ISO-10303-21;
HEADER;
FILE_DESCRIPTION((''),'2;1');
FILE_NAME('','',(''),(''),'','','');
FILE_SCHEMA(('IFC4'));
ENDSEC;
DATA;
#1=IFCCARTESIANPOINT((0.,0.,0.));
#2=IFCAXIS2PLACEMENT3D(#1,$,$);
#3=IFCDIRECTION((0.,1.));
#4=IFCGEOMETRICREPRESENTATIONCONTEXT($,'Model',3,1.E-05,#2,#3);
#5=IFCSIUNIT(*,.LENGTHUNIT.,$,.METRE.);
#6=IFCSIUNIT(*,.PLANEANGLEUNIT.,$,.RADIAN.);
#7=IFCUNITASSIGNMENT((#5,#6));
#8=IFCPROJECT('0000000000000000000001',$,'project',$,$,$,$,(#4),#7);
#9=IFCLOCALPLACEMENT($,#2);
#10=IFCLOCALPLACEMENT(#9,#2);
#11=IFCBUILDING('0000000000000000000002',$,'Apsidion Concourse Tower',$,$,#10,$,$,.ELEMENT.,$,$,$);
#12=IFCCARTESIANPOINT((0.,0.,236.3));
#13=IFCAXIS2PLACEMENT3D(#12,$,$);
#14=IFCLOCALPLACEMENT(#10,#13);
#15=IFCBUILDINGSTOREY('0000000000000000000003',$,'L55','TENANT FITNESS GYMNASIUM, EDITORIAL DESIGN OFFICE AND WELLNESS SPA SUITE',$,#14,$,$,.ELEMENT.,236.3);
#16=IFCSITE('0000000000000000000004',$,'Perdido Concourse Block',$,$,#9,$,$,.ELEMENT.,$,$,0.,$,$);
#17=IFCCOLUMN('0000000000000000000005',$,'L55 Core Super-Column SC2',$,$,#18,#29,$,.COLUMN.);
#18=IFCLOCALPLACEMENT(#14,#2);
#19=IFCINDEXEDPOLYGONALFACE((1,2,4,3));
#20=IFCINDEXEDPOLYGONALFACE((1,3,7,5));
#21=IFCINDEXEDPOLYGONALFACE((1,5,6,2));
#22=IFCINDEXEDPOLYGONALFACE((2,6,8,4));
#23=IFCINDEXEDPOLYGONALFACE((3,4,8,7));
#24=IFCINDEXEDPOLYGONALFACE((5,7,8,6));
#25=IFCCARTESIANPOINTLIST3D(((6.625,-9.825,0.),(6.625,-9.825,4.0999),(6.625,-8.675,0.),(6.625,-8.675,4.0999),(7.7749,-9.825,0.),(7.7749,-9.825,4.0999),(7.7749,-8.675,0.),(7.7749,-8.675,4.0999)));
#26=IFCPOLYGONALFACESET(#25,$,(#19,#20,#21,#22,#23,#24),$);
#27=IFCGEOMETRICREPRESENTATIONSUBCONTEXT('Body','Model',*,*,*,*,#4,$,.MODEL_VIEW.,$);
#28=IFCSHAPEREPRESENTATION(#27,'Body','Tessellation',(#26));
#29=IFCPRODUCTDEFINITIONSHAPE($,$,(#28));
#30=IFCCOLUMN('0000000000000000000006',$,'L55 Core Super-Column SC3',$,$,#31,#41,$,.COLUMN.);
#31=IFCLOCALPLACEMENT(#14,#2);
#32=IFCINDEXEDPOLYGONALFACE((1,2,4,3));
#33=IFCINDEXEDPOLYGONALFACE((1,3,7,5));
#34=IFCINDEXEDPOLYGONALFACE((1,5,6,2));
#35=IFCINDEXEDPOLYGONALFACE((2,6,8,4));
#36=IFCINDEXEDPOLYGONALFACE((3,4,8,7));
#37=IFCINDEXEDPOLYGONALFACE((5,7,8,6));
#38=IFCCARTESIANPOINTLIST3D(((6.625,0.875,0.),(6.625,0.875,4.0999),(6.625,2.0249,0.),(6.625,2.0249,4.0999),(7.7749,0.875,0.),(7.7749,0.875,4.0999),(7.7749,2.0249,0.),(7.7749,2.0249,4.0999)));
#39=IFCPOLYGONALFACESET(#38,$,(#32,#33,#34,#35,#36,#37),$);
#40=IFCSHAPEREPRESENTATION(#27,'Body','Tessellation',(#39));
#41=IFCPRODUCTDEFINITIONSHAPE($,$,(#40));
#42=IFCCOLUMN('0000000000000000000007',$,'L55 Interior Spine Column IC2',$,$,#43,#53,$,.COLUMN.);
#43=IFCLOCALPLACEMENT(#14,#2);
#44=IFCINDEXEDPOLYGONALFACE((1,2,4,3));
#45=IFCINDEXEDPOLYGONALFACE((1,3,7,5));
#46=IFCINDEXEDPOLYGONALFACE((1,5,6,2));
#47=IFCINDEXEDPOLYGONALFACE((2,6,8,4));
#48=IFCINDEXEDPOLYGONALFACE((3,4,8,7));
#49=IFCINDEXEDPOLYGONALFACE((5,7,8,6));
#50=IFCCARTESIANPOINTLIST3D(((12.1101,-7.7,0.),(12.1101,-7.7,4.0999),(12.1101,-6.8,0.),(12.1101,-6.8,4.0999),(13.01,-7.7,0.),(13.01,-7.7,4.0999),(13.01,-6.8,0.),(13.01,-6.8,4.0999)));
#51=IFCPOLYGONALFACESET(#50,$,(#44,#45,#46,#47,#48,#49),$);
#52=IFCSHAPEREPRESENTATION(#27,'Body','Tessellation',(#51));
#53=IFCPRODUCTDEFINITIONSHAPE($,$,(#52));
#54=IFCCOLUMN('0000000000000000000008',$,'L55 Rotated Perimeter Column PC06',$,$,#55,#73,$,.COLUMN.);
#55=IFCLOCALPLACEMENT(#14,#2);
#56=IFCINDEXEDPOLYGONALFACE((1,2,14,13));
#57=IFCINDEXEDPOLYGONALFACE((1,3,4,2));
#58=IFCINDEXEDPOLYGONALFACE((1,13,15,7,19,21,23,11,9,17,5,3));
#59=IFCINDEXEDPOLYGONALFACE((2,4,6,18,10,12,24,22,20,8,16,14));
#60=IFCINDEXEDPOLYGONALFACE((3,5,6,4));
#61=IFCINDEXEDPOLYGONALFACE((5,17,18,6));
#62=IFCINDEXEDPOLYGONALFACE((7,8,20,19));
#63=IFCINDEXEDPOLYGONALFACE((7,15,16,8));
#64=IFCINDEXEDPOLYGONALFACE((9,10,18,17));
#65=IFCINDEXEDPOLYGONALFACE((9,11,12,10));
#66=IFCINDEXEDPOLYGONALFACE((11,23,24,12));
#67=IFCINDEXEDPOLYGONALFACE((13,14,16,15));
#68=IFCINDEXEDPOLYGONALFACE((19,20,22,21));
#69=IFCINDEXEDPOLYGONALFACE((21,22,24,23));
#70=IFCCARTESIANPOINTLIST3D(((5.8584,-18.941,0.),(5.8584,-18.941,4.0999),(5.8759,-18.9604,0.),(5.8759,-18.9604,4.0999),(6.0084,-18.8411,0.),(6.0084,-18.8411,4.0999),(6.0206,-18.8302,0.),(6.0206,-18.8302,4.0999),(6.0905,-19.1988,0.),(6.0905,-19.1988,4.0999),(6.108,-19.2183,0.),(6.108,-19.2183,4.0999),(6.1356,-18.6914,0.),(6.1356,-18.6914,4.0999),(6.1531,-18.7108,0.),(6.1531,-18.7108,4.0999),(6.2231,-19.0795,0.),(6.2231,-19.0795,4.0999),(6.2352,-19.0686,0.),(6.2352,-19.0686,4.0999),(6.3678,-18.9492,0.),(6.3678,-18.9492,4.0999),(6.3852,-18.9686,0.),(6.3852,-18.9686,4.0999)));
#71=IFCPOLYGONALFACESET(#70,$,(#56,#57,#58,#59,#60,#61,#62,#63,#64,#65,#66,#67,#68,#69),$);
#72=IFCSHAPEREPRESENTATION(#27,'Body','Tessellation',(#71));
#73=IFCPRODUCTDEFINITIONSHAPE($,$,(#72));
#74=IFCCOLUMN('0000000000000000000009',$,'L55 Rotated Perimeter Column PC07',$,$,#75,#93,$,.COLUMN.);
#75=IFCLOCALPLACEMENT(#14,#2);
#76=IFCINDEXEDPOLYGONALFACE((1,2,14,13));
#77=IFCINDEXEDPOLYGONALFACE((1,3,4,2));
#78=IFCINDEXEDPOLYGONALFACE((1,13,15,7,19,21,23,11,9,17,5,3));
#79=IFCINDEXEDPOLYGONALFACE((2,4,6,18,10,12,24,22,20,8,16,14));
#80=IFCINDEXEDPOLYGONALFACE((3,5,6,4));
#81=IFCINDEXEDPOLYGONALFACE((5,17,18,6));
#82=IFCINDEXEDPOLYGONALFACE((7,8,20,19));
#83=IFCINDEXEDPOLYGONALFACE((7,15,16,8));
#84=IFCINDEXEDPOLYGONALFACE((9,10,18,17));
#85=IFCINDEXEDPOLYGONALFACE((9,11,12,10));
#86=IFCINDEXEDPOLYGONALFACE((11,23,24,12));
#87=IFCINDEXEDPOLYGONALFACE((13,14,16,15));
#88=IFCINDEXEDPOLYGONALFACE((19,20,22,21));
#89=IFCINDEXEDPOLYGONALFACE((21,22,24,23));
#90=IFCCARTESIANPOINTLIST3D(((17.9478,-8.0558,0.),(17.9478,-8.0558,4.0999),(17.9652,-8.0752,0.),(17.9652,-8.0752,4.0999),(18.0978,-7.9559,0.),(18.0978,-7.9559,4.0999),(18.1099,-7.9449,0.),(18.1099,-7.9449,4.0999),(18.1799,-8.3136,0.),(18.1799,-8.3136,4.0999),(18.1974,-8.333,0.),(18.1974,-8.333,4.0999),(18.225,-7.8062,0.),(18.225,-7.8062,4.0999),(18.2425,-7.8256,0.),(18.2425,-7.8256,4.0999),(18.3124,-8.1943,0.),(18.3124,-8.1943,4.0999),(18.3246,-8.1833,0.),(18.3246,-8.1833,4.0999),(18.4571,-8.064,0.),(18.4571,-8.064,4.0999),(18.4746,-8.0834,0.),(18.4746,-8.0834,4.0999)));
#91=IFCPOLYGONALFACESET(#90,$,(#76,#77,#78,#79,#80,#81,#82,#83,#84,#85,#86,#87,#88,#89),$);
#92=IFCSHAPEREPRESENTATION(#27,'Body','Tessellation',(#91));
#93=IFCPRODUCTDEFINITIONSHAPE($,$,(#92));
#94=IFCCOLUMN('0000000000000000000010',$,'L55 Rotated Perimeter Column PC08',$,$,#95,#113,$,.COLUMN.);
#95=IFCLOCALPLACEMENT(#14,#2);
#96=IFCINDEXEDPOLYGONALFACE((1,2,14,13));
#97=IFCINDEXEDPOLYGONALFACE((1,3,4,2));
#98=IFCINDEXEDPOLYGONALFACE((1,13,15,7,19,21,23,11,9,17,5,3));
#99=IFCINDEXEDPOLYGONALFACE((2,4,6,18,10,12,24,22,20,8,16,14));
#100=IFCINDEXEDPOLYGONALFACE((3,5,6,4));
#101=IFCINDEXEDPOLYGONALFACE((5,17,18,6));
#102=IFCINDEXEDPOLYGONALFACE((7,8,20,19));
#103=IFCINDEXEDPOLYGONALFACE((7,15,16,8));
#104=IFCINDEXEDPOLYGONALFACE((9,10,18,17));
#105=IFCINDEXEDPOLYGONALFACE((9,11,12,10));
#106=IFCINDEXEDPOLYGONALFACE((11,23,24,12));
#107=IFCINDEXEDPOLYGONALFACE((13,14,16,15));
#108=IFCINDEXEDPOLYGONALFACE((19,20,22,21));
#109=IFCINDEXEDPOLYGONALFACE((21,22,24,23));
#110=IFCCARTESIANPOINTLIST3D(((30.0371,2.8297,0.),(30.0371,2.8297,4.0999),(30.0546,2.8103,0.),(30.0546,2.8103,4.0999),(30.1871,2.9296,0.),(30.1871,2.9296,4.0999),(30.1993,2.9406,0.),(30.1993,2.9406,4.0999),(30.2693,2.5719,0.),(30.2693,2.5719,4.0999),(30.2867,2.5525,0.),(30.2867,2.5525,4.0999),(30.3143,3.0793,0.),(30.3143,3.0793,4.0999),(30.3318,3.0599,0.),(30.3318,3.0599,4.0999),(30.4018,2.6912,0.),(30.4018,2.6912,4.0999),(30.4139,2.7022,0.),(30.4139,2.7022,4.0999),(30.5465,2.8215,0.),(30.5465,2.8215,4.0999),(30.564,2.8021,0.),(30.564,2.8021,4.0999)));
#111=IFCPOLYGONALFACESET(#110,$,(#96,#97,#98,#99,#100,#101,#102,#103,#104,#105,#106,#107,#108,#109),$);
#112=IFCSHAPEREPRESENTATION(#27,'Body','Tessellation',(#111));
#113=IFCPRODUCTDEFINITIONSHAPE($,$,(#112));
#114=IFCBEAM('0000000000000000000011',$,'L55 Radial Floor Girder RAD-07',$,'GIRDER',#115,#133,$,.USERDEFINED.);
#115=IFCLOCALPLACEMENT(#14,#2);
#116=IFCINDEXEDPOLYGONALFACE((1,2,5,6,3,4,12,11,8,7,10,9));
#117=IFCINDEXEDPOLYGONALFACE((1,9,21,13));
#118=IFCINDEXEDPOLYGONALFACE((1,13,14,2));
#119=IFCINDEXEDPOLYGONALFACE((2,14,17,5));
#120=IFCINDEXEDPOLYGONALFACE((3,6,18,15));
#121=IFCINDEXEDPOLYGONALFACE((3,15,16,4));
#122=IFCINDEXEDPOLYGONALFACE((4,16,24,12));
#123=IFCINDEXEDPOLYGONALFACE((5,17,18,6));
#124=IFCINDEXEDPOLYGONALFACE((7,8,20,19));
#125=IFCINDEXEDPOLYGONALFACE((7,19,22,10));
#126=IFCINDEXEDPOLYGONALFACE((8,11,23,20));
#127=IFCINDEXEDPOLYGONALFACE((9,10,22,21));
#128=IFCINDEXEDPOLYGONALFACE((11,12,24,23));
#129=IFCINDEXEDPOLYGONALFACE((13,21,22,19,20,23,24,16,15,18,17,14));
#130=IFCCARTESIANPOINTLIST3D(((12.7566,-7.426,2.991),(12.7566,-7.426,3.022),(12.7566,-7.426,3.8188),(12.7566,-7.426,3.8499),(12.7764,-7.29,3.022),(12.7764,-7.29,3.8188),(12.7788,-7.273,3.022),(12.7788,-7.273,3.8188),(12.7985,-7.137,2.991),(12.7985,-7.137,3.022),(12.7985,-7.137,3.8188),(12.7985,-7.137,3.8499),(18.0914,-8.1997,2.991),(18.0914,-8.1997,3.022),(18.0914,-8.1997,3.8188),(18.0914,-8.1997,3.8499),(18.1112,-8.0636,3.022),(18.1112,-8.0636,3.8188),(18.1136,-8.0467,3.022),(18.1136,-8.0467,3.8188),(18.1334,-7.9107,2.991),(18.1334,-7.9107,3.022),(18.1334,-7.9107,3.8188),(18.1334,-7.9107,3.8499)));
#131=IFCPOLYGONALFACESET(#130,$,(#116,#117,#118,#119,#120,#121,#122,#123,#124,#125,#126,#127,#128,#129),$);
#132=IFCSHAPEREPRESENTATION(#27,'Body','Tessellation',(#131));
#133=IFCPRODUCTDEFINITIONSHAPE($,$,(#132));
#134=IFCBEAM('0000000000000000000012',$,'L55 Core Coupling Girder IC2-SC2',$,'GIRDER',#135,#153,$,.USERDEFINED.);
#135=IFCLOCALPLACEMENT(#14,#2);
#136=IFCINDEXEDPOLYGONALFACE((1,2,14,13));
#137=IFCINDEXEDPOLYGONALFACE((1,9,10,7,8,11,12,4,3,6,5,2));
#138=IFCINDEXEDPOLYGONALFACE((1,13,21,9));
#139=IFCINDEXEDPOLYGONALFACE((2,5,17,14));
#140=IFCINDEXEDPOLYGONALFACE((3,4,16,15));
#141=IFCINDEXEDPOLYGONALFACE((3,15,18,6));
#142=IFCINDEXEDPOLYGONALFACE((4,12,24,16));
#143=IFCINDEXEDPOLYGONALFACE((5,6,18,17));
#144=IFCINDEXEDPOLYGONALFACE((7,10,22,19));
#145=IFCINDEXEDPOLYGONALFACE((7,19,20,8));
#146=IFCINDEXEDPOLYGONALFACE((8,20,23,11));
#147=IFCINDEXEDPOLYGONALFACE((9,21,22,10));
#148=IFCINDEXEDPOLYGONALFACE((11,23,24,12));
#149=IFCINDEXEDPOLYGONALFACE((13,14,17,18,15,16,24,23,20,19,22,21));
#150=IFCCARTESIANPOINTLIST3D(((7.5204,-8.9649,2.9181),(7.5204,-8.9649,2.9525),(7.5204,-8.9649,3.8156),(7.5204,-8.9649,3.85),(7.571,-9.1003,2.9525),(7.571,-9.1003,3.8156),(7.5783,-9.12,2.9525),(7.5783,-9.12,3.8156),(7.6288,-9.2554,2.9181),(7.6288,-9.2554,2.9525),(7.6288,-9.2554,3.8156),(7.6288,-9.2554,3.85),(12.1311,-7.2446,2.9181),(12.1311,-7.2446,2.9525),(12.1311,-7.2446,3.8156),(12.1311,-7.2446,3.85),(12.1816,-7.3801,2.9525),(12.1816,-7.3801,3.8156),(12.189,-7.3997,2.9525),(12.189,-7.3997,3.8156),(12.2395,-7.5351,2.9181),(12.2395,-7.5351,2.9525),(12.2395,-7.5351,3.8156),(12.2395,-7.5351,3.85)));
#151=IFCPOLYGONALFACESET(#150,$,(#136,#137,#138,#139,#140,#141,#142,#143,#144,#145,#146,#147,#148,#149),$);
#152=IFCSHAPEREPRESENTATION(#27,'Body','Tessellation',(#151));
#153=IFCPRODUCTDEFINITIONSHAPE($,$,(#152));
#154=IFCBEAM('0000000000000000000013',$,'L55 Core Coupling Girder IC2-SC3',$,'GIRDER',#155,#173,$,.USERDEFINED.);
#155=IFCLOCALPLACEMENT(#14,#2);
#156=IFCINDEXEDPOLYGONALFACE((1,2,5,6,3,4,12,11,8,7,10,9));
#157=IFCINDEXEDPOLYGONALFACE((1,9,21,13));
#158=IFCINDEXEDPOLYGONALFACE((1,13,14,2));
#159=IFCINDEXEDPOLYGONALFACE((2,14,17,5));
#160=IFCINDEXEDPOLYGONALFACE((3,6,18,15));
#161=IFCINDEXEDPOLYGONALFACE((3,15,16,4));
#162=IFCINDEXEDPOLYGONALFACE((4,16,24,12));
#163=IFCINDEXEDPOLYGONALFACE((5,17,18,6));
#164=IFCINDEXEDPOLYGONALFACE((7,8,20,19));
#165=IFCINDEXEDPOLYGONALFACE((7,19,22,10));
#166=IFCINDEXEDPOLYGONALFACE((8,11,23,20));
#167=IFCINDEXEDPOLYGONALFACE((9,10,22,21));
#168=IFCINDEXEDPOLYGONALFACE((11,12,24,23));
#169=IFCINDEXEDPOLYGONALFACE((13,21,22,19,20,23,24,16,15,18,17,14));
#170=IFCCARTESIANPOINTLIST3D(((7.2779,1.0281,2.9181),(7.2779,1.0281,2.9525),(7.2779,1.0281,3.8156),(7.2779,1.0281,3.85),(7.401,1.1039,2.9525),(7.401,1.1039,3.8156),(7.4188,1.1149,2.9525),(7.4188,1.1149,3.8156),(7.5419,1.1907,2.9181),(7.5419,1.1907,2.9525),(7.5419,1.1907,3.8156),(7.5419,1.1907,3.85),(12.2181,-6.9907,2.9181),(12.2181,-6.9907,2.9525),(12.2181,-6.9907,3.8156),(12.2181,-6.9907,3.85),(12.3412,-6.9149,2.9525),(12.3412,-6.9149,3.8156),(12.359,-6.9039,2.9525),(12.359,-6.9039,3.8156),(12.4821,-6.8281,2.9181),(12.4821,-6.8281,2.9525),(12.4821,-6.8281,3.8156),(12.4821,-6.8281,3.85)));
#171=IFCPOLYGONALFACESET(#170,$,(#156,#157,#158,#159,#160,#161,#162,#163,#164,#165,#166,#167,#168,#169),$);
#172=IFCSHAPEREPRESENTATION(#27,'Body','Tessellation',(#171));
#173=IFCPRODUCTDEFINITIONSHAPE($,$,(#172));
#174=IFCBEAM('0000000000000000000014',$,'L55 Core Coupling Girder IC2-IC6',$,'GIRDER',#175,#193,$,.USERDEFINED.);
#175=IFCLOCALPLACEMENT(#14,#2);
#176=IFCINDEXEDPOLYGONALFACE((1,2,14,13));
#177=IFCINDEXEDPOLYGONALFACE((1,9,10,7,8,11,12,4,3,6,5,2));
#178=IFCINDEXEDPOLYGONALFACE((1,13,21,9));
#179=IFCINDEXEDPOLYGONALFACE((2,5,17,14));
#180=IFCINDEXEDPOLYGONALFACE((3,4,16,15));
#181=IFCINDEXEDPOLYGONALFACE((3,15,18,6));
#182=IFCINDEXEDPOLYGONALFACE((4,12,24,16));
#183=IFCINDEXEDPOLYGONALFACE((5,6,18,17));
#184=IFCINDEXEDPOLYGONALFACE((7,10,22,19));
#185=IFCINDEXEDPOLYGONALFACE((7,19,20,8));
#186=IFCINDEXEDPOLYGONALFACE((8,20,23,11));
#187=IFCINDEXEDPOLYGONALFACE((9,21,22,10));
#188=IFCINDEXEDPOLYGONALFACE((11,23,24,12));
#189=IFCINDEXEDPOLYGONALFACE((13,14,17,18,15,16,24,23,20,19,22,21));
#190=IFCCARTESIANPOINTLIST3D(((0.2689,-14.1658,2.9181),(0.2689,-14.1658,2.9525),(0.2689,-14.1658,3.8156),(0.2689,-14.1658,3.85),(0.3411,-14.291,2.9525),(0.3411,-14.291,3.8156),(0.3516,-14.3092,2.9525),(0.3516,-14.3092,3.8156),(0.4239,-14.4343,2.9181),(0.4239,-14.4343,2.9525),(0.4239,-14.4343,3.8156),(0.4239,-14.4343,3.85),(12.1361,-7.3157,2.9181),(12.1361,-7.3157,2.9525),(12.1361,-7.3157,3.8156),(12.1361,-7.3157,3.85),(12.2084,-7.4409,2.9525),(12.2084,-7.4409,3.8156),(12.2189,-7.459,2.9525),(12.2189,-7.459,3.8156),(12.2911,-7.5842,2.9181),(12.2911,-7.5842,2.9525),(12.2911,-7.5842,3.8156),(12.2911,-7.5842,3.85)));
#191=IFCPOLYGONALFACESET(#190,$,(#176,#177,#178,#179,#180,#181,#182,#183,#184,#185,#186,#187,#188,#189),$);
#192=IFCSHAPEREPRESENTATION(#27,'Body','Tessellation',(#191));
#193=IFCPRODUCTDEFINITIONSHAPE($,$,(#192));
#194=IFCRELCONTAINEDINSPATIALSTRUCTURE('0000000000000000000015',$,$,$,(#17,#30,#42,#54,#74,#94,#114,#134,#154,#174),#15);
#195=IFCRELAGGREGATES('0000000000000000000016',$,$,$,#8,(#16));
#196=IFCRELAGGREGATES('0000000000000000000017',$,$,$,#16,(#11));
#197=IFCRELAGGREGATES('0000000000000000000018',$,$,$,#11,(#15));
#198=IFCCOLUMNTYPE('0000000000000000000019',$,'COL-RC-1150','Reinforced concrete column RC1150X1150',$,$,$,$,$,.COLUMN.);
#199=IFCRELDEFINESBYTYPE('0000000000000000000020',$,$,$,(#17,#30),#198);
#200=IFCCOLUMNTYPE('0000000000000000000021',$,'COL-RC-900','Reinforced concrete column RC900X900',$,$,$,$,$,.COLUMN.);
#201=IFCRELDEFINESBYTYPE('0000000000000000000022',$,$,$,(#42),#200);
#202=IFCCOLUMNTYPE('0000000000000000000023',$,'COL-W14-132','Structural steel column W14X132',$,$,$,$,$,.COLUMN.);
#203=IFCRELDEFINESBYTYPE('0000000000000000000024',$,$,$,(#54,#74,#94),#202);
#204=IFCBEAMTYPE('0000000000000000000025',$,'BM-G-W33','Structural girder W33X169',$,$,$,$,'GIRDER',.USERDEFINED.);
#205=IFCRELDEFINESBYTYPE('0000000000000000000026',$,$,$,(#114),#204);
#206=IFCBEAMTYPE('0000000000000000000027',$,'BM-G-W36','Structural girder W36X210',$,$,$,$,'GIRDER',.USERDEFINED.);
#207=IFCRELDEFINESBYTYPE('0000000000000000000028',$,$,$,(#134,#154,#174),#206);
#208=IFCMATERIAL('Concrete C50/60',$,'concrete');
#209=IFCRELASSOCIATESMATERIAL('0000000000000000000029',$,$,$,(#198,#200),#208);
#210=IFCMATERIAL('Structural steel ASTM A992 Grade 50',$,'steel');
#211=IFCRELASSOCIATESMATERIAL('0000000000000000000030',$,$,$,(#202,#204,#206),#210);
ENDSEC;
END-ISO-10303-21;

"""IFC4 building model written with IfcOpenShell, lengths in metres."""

from ifc_helpers import new_model, si_unit, direction, frame, origin, origin_2d, place, context, subcontext, project, spatial, rectangle, i_section, extrude, material, material_profile, profile_set, type_object, element, save


model = new_model("IFC4")

# Units and contexts
model_context = context("Model", 3, precision=1e-05, world=origin(), true_north=direction((0.0, 1.0)))
body_context = subcontext(model_context, "Body", "Model", "MODEL_VIEW")
ifc_project = project(units=[si_unit("LENGTHUNIT", "METRE"), si_unit("PLANEANGLEUNIT", "RADIAN")], contexts=[model_context])

# Site, building, storey
site_placement = place(None, origin())
site = spatial("IfcSite", under=ifc_project, at=site_placement, Name="Perdido Concourse Block", CompositionType="ELEMENT", RefElevation=0.0)
building_placement = place(site_placement, origin())
building = spatial("IfcBuilding", under=site, at=building_placement, Name="Apsidion Concourse Tower", CompositionType="ELEMENT")
storey_placement = place(building_placement, frame((0.0, 0.0, 236.3)))
storey = spatial("IfcBuildingStorey", under=building, at=storey_placement, Name="L55", Description="TENANT FITNESS GYMNASIUM, EDITORIAL DESIGN OFFICE AND WELLNESS SPA SUITE", CompositionType="ELEMENT", Elevation=236.3)

# Columns
ifc_material_1 = material(Name="Concrete C50/60", Category="concrete")
ifc_material_profile_1 = material_profile(ifc_material_1, rectangle(XDim=1.1499, YDim=1.1499, at=origin_2d()), Name="RC 1150x1150")
ifc_profile_set_1 = profile_set([ifc_material_profile_1], Name="Concrete C50/60")
column_type_1 = type_object("IfcColumnType", Name="COL-RC-1150", Description="Reinforced concrete column RC1150X1150", PredefinedType="COLUMN", material=ifc_profile_set_1)
for number, where, z_axis, x_axis, name in (
    (1, (7.2, -9.25, 0.0), (0.0, 0.0, 1.0), (1.0, 0.0, 0.0), "L55 Core Super-Column SC2"),
    (2, (7.2, 1.45, 0.0), (0.0, 0.0, 1.0), (1.0, 0.0, 0.0), "L55 Core Super-Column SC3"),
):
    element("IfcColumn", number, at=place(storey_placement, frame(where, z_axis=z_axis, x_axis=x_axis)), inside=storey, type_object=column_type_1, Name=name, PredefinedType="COLUMN", context=body_context, shape_type="SweptSolid", body=[
        extrude(rectangle(XDim=1.1499, YDim=1.1499, at=origin_2d()), origin(), (0.0, 0.0, 1.0), 4.0999),
    ])
ifc_material_profile_2 = material_profile(ifc_material_1, rectangle(XDim=0.8999, YDim=0.8999, at=origin_2d()), Name="RC 900x900")
ifc_profile_set_2 = profile_set([ifc_material_profile_2], Name="Concrete C50/60")
column_type_2 = type_object("IfcColumnType", Name="COL-RC-900", Description="Reinforced concrete column RC900X900", PredefinedType="COLUMN", material=ifc_profile_set_2)
column_placement = place(storey_placement, frame((12.5601, -7.25, 0.0), z_axis=(0.0, 0.0, 1.0), x_axis=(1.0, 0.0, 0.0)))
element("IfcColumn", 3, at=column_placement, inside=storey, type_object=column_type_2, Name="L55 Interior Spine Column IC2", PredefinedType="COLUMN", context=body_context, shape_type="SweptSolid", body=[
    extrude(rectangle(XDim=0.8999, YDim=0.8999, at=origin_2d()), origin(), (0.0, 0.0, 1.0), 4.0999),
])
ifc_material_2 = material(Name="Structural steel ASTM A992 Grade 50", Category="steel")
ifc_material_profile_3 = material_profile(ifc_material_2, i_section(OverallWidth=0.373, OverallDepth=0.373, WebThickness=0.0164, FlangeThickness=0.0261, at=origin_2d()), Name="W14X132")
ifc_profile_set_3 = profile_set([ifc_material_profile_3], Name="Structural steel ASTM A992 Grade 50")
column_type_3 = type_object("IfcColumnType", Name="COL-W14-132", Description="Structural steel column W14X132", PredefinedType="COLUMN", material=ifc_profile_set_3)
for number, where, z_axis, x_axis, name in (
    (4, (6.1218, -18.9548, 0.0), (0.0, 0.0, 1.0), (0.743145, 0.669131, 0.0), "L55 Rotated Perimeter Column PC06"),
    (5, (18.2112, -8.0696, 0.0), (0.0, 0.0, 1.0), (0.743145, 0.669131, 0.0), "L55 Rotated Perimeter Column PC07"),
    (6, (30.3005, 2.8159, 0.0), (0.0, 0.0, 1.0), (0.743145, 0.669131, 0.0), "L55 Rotated Perimeter Column PC08"),
):
    element("IfcColumn", number, at=place(storey_placement, frame(where, z_axis=z_axis, x_axis=x_axis)), inside=storey, type_object=column_type_3, Name=name, PredefinedType="COLUMN", context=body_context, shape_type="SweptSolid", body=[
        extrude(i_section(OverallWidth=0.373, OverallDepth=0.373, WebThickness=0.0164, FlangeThickness=0.0261, at=origin_2d()), origin(), (0.0, 0.0, 1.0), 4.0999),
    ])

# Beams
ifc_material_profile_4 = material_profile(ifc_material_2, i_section(OverallWidth=0.292, OverallDepth=0.8589, WebThickness=0.0171, FlangeThickness=0.031, at=origin_2d()), Name="W33X169")
ifc_profile_set_4 = profile_set([ifc_material_profile_4], Name="Structural steel ASTM A992 Grade 50")
beam_type_1 = type_object("IfcBeamType", Name="BM-G-W33", Description="Structural girder W33X169", ElementType="GIRDER", PredefinedType="USERDEFINED", material=ifc_profile_set_4)
beam_1_placement = place(storey_placement, frame((12.7776, -7.2815, 3.4204), z_axis=(0.989647, -0.143526, 0.0), x_axis=(0.143526, 0.989647, 0.0)))
element("IfcBeam", 7, at=beam_1_placement, inside=storey, type_object=beam_type_1, Name="L55 Radial Floor Girder RAD-07", ObjectType="GIRDER", PredefinedType="USERDEFINED", context=body_context, shape_type="SweptSolid", body=[
    extrude(i_section(OverallWidth=0.292, OverallDepth=0.8589, WebThickness=0.0171, FlangeThickness=0.031, at=origin_2d()), origin(), (0.0, 0.0, 1.0), 5.3906),
])
ifc_material_profile_5 = material_profile(ifc_material_2, i_section(OverallWidth=0.3101, OverallDepth=0.9319, WebThickness=0.021, FlangeThickness=0.0344, at=origin_2d()), Name="W36X210")
ifc_profile_set_5 = profile_set([ifc_material_profile_5], Name="Structural steel ASTM A992 Grade 50")
beam_type_2 = type_object("IfcBeamType", Name="BM-G-W36", Description="Structural girder W36X210", ElementType="GIRDER", PredefinedType="USERDEFINED", material=ifc_profile_set_5)
beam_2_placement = place(storey_placement, frame((12.1853, -7.3899, 3.384), z_axis=(-0.936913, -0.349563, 0.0), x_axis=(0.349563, -0.936913, 0.0)))
element("IfcBeam", 8, at=beam_2_placement, inside=storey, type_object=beam_type_2, Name="L55 Core Coupling Girder IC2-SC2", ObjectType="GIRDER", PredefinedType="USERDEFINED", context=body_context, shape_type="SweptSolid", body=[
    extrude(i_section(OverallWidth=0.3101, OverallDepth=0.9319, WebThickness=0.021, FlangeThickness=0.0344, at=origin_2d()), origin(), (0.0, 0.0, 1.0), 4.9211),
])
beam_3_placement = place(storey_placement, frame((12.3501, -6.9094, 3.384), z_axis=(-0.524524, 0.851396, 0.0), x_axis=(-0.851396, -0.524524, 0.0)))
element("IfcBeam", 9, at=beam_3_placement, inside=storey, type_object=beam_type_2, Name="L55 Core Coupling Girder IC2-SC3", ObjectType="GIRDER", PredefinedType="USERDEFINED", context=body_context, shape_type="SweptSolid", body=[
    extrude(i_section(OverallWidth=0.3101, OverallDepth=0.9319, WebThickness=0.021, FlangeThickness=0.0344, at=origin_2d()), origin(), (0.0, 0.0, 1.0), 9.4185),
])
beam_4_placement = place(storey_placement, frame((12.2136, -7.45, 3.384), z_axis=(-0.86607, -0.499922, 0.0), x_axis=(0.499922, -0.86607, 0.0)))
element("IfcBeam", 10, at=beam_4_placement, inside=storey, type_object=beam_type_2, Name="L55 Core Coupling Girder IC2-IC6", ObjectType="GIRDER", PredefinedType="USERDEFINED", context=body_context, shape_type="SweptSolid", body=[
    extrude(i_section(OverallWidth=0.3101, OverallDepth=0.9319, WebThickness=0.021, FlangeThickness=0.0344, at=origin_2d()), origin(), (0.0, 0.0, 1.0), 13.7024),
])

save(model, "model.ifc")
